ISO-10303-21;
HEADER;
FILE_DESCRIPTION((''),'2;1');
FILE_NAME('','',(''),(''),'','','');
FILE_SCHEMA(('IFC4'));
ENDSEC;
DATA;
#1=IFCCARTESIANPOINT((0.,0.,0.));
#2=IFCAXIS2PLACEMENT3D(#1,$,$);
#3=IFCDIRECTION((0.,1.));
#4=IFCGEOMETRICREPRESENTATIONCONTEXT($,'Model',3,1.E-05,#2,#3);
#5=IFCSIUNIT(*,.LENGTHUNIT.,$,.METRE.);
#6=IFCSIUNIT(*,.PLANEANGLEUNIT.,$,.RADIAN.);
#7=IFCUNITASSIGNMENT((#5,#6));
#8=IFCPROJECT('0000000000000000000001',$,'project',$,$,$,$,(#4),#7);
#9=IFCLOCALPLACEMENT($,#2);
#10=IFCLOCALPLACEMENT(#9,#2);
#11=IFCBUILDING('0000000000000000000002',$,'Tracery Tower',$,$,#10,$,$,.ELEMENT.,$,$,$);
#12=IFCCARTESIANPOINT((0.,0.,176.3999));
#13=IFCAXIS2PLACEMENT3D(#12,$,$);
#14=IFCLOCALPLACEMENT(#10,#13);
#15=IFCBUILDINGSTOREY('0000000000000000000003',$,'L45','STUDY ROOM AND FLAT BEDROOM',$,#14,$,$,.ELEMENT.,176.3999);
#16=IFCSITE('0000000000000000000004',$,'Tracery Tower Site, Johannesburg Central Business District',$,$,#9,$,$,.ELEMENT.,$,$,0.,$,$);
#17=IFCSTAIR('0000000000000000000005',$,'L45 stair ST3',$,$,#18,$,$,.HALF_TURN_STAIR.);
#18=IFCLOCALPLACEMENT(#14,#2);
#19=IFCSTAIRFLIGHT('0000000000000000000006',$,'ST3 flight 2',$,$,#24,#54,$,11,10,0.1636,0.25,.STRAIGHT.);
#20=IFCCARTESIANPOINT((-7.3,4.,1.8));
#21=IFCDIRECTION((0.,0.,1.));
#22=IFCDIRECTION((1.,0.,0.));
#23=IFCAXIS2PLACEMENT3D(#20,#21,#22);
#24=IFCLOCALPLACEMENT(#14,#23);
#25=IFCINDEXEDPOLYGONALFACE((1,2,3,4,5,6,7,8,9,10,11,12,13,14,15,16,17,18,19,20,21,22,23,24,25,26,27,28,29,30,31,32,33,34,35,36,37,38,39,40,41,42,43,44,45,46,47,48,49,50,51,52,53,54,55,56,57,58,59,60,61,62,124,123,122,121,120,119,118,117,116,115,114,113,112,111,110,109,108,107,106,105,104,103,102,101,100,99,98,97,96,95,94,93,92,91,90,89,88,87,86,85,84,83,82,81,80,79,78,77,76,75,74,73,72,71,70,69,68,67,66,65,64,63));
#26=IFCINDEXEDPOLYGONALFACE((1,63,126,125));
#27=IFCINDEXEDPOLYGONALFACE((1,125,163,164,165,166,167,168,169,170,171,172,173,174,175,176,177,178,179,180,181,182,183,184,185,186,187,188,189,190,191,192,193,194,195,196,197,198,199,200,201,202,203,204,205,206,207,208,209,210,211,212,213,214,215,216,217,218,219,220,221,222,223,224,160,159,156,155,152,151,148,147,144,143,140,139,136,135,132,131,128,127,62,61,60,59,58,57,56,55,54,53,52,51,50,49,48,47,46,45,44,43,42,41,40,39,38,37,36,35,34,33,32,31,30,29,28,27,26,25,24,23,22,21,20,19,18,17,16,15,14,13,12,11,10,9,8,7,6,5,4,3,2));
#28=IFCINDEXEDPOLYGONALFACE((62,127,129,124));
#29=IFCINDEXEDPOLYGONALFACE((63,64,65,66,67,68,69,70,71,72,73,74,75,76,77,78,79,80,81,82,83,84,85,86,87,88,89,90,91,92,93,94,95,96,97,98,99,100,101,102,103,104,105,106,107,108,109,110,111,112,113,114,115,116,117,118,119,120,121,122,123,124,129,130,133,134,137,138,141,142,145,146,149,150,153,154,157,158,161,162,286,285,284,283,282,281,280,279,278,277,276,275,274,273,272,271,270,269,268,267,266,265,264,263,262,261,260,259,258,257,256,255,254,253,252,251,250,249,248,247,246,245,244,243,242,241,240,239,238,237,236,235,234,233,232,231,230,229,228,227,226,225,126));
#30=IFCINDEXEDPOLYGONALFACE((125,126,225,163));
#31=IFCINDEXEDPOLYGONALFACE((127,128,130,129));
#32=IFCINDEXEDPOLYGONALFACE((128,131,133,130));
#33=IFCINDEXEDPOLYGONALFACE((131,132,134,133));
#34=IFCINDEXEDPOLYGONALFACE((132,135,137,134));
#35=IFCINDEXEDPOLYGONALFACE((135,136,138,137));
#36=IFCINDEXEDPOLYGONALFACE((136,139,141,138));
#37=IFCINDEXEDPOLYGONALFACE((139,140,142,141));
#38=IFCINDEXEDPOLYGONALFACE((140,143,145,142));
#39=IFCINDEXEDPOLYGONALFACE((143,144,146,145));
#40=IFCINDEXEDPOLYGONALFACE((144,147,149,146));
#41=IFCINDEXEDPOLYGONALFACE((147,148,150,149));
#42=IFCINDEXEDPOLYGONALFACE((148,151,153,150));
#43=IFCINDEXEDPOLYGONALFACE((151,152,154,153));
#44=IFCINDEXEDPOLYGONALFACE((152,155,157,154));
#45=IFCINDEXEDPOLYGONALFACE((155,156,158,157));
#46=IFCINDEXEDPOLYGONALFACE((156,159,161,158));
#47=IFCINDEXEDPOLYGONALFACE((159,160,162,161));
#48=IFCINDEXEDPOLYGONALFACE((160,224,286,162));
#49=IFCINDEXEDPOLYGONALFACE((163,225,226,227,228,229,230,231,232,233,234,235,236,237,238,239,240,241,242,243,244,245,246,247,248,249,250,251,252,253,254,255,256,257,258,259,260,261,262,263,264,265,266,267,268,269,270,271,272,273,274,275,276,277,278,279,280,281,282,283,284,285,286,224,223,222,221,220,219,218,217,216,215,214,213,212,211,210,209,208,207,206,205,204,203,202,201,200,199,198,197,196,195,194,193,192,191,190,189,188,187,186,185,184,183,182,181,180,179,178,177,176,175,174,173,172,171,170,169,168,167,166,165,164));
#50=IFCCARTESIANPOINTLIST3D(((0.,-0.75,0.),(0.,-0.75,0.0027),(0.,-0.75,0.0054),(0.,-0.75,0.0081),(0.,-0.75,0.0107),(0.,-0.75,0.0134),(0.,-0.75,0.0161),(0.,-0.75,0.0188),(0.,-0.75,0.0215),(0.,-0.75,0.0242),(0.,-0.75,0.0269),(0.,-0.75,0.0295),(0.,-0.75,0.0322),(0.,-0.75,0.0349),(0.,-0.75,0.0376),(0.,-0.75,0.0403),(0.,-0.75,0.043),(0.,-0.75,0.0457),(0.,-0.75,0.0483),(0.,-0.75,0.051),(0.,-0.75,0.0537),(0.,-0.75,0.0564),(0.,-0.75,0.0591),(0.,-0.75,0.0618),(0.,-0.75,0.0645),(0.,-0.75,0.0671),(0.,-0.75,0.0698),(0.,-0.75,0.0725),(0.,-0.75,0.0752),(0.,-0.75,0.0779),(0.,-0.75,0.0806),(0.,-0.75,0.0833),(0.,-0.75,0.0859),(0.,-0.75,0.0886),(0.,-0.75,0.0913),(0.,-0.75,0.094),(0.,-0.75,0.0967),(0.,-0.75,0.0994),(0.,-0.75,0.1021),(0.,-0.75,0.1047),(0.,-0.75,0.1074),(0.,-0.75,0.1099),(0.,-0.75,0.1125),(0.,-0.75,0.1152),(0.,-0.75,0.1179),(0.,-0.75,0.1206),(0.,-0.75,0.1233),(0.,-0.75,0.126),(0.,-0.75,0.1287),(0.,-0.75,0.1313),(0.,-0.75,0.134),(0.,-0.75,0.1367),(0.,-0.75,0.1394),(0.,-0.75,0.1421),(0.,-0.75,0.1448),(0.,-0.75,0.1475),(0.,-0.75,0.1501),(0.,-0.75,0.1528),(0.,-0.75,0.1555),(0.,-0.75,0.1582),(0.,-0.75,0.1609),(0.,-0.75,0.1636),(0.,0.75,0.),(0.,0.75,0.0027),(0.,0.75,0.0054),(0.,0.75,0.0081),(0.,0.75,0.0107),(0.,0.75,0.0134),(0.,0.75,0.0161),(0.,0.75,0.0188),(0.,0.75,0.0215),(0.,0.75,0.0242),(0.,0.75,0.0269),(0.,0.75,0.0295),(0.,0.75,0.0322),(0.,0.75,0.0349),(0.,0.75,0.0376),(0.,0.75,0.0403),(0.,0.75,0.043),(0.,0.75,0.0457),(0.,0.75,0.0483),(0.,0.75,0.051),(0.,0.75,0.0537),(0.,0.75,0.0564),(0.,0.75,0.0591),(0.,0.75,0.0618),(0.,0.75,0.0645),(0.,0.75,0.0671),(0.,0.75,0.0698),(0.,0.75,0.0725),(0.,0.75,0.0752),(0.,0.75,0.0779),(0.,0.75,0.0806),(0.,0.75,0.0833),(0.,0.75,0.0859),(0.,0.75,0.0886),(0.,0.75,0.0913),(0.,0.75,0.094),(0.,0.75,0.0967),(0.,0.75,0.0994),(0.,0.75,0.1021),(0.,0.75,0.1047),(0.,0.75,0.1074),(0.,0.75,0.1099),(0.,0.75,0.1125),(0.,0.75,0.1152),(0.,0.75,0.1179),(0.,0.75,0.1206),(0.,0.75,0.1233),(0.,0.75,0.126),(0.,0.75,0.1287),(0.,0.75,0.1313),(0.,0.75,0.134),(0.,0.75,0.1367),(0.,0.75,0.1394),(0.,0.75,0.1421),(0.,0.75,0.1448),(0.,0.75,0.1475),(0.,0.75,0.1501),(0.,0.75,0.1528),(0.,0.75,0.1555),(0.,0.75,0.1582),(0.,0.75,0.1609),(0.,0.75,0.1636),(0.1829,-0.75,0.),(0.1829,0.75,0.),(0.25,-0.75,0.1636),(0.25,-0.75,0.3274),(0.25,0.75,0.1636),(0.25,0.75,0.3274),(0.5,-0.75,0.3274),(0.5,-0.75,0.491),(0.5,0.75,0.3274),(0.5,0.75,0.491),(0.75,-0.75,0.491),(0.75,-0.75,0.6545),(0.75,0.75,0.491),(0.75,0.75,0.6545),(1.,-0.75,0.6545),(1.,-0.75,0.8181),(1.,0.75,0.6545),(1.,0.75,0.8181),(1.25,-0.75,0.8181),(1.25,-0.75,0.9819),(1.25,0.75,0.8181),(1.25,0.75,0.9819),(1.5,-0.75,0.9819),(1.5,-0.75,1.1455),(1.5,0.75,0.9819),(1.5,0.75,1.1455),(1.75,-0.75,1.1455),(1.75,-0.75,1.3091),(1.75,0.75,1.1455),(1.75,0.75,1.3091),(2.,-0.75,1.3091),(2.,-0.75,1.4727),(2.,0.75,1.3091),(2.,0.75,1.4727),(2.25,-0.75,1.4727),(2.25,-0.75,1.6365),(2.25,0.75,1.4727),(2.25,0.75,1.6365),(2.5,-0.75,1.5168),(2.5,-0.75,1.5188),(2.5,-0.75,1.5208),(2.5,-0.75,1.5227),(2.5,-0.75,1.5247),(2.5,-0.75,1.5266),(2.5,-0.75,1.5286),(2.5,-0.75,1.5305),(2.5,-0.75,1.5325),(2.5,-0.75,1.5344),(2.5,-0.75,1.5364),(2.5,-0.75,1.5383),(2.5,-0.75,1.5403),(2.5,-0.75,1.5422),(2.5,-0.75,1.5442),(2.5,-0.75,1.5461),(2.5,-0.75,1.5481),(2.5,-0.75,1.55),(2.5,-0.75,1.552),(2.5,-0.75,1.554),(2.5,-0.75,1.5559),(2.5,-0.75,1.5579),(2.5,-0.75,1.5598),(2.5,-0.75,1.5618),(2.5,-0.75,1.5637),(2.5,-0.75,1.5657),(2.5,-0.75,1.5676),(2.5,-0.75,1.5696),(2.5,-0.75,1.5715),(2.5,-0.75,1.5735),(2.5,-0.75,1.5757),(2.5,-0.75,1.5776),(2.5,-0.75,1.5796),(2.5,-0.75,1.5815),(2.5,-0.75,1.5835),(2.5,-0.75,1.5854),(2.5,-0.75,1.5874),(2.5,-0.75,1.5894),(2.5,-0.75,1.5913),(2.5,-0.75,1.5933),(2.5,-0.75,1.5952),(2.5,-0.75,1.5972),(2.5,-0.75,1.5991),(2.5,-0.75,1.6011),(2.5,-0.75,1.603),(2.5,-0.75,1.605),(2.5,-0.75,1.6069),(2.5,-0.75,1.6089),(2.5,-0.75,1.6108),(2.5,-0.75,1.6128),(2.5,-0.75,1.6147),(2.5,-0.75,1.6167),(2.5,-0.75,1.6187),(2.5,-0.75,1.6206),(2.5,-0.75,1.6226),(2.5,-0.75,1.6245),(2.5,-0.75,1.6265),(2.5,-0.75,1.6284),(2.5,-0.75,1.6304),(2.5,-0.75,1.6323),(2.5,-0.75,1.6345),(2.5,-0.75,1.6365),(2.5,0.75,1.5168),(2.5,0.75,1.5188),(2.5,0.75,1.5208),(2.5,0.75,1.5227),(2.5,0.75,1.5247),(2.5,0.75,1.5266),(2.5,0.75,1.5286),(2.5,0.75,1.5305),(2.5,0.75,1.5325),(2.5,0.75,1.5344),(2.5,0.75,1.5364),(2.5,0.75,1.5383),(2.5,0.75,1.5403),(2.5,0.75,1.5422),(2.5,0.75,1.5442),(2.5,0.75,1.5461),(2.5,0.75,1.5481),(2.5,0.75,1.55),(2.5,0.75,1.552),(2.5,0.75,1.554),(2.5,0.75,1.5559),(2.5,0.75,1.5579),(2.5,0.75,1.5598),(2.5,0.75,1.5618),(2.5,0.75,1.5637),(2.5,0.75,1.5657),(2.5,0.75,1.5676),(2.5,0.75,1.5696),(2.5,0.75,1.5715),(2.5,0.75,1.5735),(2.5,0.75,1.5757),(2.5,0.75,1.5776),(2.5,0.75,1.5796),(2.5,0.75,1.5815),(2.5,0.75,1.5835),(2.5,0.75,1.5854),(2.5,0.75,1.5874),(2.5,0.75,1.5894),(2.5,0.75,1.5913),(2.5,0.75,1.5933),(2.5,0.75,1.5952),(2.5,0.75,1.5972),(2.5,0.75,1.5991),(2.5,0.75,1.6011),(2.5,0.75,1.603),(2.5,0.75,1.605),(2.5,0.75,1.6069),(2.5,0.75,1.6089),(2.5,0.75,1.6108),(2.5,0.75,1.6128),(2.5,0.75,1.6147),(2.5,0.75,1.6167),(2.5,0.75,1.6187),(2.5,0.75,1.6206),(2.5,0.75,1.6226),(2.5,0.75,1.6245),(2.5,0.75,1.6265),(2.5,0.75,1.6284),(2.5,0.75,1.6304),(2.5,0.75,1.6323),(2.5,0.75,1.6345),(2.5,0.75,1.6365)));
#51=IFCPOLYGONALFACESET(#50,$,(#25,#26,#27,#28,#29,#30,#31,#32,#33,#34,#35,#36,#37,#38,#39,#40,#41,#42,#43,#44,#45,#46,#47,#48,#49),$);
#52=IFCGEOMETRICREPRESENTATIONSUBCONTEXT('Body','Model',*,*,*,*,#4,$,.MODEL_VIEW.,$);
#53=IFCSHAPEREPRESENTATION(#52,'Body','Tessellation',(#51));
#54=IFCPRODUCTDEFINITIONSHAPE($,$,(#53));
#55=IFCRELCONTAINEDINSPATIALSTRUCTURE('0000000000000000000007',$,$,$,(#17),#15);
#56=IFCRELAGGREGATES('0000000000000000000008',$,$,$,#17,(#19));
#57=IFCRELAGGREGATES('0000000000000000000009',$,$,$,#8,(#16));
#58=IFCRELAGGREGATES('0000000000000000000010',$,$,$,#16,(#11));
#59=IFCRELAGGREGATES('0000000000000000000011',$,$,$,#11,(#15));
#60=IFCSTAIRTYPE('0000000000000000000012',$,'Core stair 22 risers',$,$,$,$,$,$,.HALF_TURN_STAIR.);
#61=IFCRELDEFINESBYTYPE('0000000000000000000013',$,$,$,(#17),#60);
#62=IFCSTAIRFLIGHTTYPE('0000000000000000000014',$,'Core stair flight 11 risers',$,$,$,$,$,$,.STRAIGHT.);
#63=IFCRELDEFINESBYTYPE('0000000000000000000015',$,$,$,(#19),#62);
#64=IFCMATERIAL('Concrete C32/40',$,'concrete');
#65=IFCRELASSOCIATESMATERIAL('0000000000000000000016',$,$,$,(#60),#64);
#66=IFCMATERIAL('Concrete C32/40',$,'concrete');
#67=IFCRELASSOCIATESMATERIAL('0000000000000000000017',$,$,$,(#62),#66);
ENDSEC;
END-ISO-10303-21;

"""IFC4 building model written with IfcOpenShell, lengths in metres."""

from ifc_helpers import new_model, si_unit, direction, frame, origin, place, context, subcontext, project, spatial, polyline, outline, extrude, material, type_object, element, aggregate, save


model = new_model("IFC4")

# Units and contexts
model_context = context("Model", 3, precision=1e-05, world=origin(), true_north=direction((0.0, 1.0)))
body_context = subcontext(model_context, "Body", "Model", "MODEL_VIEW")
ifc_project = project(units=[si_unit("LENGTHUNIT", "METRE"), si_unit("PLANEANGLEUNIT", "RADIAN")], contexts=[model_context])

# Site, building, storey
site_placement = place(None, origin())
site = spatial("IfcSite", under=ifc_project, at=site_placement, Name="Tracery Tower Site, Johannesburg Central Business District", CompositionType="ELEMENT", RefElevation=0.0)
building_placement = place(site_placement, origin())
building = spatial("IfcBuilding", under=site, at=building_placement, Name="Tracery Tower", CompositionType="ELEMENT")
storey_placement = place(building_placement, frame((0.0, 0.0, 176.3999)))
storey = spatial("IfcBuildingStorey", under=building, at=storey_placement, Name="L45", Description="STUDY ROOM AND FLAT BEDROOM", CompositionType="ELEMENT", Elevation=176.3999)

# Stair, stair flight
ifc_material_1 = material(Name="Concrete C32/40", Category="concrete")
stair_type = type_object("IfcStairType", Name="Core stair 22 risers", PredefinedType="HALF_TURN_STAIR", material=ifc_material_1)
stair_placement = place(storey_placement, origin())
stair = element("IfcStair", 1, at=stair_placement, inside=storey, type_object=stair_type, Name="L45 stair ST3", PredefinedType="HALF_TURN_STAIR")
ifc_material_2 = material(Name="Concrete C32/40", Category="concrete")
stair_flight_type = type_object("IfcStairFlightType", Name="Core stair flight 11 risers", PredefinedType="STRAIGHT", material=ifc_material_2)
stair_flight_1_placement = place(storey_placement, frame((-7.3, 4.0, 1.8), z_axis=(0.0, 0.0, 1.0), x_axis=(1.0, 0.0, 0.0)))
stair_flight_1 = element("IfcStairFlight", 2, at=stair_flight_1_placement, type_object=stair_flight_type, Name="ST3 flight 2", NumberOfRisers=11, NumberOfTreads=10, PredefinedType="STRAIGHT", RiserHeight=0.1636, TreadLength=0.25, context=body_context, shape_type="SweptSolid", body=[
    extrude(outline(polyline([(0.0, 0.0), (0.0, 0.0027), (0.0, 0.0054), (0.0, 0.0081), (0.0, 0.0107), (0.0, 0.0134), (0.0, 0.0161), (0.0, 0.0188), (0.0, 0.0215), (0.0, 0.0242), (0.0, 0.0269), (0.0, 0.0295), (0.0, 0.0322), (0.0, 0.0349), (0.0, 0.0376), (0.0, 0.0403), (0.0, 0.043), (0.0, 0.0457), (0.0, 0.0483), (0.0, 0.051), (0.0, 0.0537), (0.0, 0.0564), (0.0, 0.0591), (0.0, 0.0618), (0.0, 0.0645), (0.0, 0.0671), (0.0, 0.0698), (0.0, 0.0725), (0.0, 0.0752), (0.0, 0.0779), (0.0, 0.0806), (0.0, 0.0833), (0.0, 0.0859), (0.0, 0.0886), (0.0, 0.0913), (0.0, 0.094), (0.0, 0.0967), (0.0, 0.0994), (0.0, 0.1021), (0.0, 0.1047), (0.0, 0.1074), (0.0, 0.1099), (0.0, 0.1125), (0.0, 0.1152), (0.0, 0.1179), (0.0, 0.1206), (0.0, 0.1233), (0.0, 0.126), (0.0, 0.1287), (0.0, 0.1313), (0.0, 0.134), (0.0, 0.1367), (0.0, 0.1394), (0.0, 0.1421), (0.0, 0.1448), (0.0, 0.1475), (0.0, 0.1501), (0.0, 0.1528), (0.0, 0.1555), (0.0, 0.1582), (0.0, 0.1609), (0.0, 0.1636), (0.25, 0.1636), (0.25, 0.3274), (0.5, 0.3274), (0.5, 0.491), (0.75, 0.491), (0.75, 0.6545), (1.0, 0.6545), (1.0, 0.8181), (1.25, 0.8181), (1.25, 0.9819), (1.5, 0.9819), (1.5, 1.1455), (1.75, 1.1455), (1.75, 1.3091), (2.0, 1.3091), (2.0, 1.4727), (2.25, 1.4727), (2.25, 1.6365), (2.5, 1.6365), (2.5, 1.6345), (2.5, 1.6323), (2.5, 1.6304), (2.5, 1.6284), (2.5, 1.6265), (2.5, 1.6245), (2.5, 1.6226), (2.5, 1.6206), (2.5, 1.6187), (2.5, 1.6167), (2.5, 1.6147), (2.5, 1.6128), (2.5, 1.6108), (2.5, 1.6089), (2.5, 1.6069), (2.5, 1.605), (2.5, 1.603), (2.5, 1.6011), (2.5, 1.5991), (2.5, 1.5972), (2.5, 1.5952), (2.5, 1.5933), (2.5, 1.5913), (2.5, 1.5894), (2.5, 1.5874), (2.5, 1.5854), (2.5, 1.5835), (2.5, 1.5815), (2.5, 1.5796), (2.5, 1.5776), (2.5, 1.5757), (2.5, 1.5735), (2.5, 1.5715), (2.5, 1.5696), (2.5, 1.5676), (2.5, 1.5657), (2.5, 1.5637), (2.5, 1.5618), (2.5, 1.5598), (2.5, 1.5579), (2.5, 1.5559), (2.5, 1.554), (2.5, 1.552), (2.5, 1.55), (2.5, 1.5481), (2.5, 1.5461), (2.5, 1.5442), (2.5, 1.5422), (2.5, 1.5403), (2.5, 1.5383), (2.5, 1.5364), (2.5, 1.5344), (2.5, 1.5325), (2.5, 1.5305), (2.5, 1.5286), (2.5, 1.5266), (2.5, 1.5247), (2.5, 1.5227), (2.5, 1.5208), (2.5, 1.5188), (2.5, 1.5168), (0.1829, 0.0), (0.0, 0.0)])), frame((0.0, 0.75, 0.0), z_axis=(0.0, -1.0, 0.0), x_axis=(1.0, 0.0, 0.0)), (0.0, 0.0, 1.0), 1.5),
])
aggregate(stair, [stair_flight_1])

save(model, "model.ifc")
